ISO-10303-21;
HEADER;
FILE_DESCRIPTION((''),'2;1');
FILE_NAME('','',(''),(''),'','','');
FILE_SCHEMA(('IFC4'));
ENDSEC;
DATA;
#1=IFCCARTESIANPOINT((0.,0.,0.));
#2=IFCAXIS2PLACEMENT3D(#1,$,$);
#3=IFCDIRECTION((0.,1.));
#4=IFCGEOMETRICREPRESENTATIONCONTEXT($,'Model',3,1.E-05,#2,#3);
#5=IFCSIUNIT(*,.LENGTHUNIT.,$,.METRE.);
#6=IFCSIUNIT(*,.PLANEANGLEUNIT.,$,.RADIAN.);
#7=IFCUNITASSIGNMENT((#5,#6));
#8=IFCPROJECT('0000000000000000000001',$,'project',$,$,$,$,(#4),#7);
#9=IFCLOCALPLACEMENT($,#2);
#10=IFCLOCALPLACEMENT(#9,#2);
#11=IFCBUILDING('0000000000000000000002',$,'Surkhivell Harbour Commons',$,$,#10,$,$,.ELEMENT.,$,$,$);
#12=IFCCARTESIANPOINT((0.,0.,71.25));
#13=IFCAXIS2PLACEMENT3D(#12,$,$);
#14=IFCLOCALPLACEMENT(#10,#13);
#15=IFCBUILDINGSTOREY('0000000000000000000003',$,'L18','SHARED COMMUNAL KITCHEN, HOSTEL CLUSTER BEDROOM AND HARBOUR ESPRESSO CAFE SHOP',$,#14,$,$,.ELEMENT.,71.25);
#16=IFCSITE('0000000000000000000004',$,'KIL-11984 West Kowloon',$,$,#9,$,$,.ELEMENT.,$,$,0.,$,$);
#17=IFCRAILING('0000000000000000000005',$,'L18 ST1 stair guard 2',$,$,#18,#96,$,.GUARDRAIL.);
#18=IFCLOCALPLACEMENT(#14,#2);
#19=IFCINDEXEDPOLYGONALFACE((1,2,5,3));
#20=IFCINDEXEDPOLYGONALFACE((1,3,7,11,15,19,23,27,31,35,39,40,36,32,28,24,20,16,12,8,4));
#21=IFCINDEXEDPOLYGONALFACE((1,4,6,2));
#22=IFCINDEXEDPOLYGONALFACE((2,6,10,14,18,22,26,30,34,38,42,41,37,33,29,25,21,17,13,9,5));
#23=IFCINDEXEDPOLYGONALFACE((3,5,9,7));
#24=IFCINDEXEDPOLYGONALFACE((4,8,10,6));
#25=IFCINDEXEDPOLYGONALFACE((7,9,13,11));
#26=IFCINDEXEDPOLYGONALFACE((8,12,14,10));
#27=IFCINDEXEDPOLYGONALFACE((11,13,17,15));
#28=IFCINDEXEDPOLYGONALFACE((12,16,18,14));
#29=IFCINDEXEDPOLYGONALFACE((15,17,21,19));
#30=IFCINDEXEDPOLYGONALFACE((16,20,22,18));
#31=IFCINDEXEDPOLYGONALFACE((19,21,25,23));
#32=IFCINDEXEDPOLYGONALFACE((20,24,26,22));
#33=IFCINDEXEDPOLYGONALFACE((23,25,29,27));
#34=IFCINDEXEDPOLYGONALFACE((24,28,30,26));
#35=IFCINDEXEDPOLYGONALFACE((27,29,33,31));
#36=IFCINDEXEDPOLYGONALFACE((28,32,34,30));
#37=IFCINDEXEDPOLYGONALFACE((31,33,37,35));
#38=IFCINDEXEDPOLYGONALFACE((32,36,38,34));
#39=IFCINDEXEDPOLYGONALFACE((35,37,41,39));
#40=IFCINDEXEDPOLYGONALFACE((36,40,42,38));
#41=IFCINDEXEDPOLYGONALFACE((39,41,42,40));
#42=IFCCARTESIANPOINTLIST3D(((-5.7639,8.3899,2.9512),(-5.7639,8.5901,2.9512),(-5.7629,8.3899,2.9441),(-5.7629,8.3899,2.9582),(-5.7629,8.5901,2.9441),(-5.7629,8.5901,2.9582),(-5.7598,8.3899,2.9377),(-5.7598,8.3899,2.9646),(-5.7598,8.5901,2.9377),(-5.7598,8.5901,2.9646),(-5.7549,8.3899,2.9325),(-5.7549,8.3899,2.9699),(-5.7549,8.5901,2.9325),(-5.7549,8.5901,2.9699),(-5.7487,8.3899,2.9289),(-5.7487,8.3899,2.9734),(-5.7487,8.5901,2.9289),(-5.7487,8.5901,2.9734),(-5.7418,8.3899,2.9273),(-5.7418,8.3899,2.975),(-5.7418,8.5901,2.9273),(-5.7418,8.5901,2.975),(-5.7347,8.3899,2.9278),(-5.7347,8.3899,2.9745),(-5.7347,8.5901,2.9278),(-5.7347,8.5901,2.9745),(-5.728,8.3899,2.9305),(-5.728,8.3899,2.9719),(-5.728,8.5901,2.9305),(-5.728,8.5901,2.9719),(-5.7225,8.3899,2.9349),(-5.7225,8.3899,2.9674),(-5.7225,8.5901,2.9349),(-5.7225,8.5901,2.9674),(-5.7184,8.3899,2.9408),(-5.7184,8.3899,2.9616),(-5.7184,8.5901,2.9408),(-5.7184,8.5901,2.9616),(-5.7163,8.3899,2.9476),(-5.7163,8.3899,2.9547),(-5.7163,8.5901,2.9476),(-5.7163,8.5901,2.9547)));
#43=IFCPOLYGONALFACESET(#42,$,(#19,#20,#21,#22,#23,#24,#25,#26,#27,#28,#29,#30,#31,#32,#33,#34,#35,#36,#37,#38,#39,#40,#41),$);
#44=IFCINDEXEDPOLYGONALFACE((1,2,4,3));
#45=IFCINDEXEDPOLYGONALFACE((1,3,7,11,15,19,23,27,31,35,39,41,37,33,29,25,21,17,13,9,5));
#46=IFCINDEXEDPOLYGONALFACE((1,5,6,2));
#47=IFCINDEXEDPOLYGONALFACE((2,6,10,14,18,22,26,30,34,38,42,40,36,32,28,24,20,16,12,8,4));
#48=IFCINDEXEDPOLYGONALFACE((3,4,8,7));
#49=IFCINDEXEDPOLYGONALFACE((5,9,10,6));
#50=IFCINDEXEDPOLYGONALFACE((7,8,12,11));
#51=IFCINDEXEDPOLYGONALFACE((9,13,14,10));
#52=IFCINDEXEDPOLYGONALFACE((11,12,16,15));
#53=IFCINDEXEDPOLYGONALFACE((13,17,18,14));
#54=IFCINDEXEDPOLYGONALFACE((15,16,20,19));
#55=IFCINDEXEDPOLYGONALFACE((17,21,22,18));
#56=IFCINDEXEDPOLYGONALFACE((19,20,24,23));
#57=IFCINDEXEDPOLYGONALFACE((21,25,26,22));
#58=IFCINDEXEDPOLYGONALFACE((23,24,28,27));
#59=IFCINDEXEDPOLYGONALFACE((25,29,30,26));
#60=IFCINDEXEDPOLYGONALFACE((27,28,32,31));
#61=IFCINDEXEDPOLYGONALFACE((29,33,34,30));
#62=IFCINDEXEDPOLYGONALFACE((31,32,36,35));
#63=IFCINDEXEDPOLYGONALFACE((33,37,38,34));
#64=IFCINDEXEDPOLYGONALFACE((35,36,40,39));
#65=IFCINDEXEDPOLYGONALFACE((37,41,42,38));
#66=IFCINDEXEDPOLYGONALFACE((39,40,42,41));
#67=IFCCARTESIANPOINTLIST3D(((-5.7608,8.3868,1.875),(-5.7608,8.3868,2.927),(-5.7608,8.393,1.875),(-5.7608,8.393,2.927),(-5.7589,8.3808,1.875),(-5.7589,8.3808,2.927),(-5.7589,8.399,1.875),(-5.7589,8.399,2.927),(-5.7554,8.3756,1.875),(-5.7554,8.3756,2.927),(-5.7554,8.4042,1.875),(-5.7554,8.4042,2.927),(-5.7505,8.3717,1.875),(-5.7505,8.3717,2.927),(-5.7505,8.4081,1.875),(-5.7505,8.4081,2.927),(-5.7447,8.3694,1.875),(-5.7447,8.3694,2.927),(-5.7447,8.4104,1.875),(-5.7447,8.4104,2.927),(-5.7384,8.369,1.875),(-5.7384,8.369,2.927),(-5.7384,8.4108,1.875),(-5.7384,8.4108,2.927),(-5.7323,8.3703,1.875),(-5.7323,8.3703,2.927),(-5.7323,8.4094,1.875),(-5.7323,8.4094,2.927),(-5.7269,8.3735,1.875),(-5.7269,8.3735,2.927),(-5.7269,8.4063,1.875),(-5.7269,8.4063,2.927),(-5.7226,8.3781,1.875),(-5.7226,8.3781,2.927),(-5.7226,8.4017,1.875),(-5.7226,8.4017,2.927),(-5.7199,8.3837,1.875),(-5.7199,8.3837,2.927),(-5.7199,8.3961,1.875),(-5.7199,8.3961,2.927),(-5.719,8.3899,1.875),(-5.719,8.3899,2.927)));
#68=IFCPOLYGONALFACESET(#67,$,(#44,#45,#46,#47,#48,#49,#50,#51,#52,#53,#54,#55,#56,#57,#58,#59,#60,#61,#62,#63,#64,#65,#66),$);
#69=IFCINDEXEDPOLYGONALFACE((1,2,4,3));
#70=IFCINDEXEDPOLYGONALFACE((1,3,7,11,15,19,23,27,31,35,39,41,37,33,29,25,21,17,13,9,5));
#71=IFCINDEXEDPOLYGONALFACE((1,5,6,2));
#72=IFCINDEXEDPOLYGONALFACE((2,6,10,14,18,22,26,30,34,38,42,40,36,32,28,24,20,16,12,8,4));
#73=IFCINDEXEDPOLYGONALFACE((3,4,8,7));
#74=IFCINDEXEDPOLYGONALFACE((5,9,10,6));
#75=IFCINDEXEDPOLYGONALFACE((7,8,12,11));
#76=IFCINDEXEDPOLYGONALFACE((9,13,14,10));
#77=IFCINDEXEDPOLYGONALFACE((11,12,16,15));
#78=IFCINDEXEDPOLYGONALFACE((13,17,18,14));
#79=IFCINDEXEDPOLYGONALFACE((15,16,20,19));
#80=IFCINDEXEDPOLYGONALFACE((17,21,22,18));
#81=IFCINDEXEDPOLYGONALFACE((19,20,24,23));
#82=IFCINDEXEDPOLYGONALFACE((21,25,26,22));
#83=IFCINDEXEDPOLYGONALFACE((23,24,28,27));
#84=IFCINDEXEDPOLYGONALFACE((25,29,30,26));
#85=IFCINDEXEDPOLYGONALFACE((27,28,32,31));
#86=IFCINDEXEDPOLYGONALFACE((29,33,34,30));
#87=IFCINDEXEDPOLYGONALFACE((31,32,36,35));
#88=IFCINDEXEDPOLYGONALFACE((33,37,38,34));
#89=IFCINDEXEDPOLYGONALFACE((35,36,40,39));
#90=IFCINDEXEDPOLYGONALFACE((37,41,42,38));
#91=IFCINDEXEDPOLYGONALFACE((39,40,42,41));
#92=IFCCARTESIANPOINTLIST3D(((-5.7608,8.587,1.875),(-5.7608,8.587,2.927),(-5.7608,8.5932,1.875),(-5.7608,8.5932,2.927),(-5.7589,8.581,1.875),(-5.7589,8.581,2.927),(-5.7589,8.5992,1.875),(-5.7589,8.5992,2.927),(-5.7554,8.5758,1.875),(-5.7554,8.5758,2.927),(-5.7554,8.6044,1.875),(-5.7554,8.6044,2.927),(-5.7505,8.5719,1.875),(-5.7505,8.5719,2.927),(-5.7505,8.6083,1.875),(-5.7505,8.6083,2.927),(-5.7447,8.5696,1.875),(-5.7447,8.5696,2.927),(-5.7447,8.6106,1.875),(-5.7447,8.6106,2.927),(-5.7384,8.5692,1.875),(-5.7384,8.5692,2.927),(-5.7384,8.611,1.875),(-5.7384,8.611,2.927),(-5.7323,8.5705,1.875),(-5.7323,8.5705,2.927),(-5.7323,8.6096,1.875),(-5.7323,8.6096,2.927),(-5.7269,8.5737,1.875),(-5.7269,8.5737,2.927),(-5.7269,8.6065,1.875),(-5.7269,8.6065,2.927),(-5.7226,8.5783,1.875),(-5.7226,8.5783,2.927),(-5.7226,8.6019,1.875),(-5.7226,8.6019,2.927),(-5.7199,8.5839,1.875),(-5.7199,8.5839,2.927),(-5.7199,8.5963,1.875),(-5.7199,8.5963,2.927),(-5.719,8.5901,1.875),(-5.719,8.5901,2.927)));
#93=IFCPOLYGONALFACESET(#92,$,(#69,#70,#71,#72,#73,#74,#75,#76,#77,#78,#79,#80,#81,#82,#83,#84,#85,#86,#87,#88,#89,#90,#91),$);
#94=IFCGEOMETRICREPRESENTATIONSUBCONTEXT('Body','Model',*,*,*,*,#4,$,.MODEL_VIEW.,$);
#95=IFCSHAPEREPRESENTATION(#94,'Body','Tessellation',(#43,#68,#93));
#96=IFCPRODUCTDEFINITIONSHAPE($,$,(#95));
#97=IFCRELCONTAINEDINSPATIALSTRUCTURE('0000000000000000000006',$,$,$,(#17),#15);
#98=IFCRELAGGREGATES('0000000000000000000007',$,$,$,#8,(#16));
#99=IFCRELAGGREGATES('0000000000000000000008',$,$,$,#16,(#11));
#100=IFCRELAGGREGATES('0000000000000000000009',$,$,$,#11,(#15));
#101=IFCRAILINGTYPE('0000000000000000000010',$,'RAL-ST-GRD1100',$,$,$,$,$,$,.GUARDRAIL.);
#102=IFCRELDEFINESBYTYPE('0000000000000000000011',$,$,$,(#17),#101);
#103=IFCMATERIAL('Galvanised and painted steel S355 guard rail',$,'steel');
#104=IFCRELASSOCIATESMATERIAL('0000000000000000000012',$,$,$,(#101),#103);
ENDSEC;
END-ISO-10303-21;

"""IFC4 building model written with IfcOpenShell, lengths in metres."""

from ifc_helpers import new_model, si_unit, direction, frame, origin, origin_2d, place, context, subcontext, project, spatial, circle, extrude, material, type_object, element, save


model = new_model("IFC4")

# Units and contexts
model_context = context("Model", 3, precision=1e-05, world=origin(), true_north=direction((0.0, 1.0)))
body_context = subcontext(model_context, "Body", "Model", "MODEL_VIEW")
ifc_project = project(units=[si_unit("LENGTHUNIT", "METRE"), si_unit("PLANEANGLEUNIT", "RADIAN")], contexts=[model_context])

# Site, building, storey
site_placement = place(None, origin())
site = spatial("IfcSite", under=ifc_project, at=site_placement, Name="KIL-11984 West Kowloon", CompositionType="ELEMENT", RefElevation=0.0)
building_placement = place(site_placement, origin())
building = spatial("IfcBuilding", under=site, at=building_placement, Name="Surkhivell Harbour Commons", CompositionType="ELEMENT")
storey_placement = place(building_placement, frame((0.0, 0.0, 71.25)))
storey = spatial("IfcBuildingStorey", under=building, at=storey_placement, Name="L18", Description="SHARED COMMUNAL KITCHEN, HOSTEL CLUSTER BEDROOM AND HARBOUR ESPRESSO CAFE SHOP", CompositionType="ELEMENT", Elevation=71.25)

# Railing
ifc_material_1 = material(Name="Galvanised and painted steel S355 guard rail", Category="steel")
railing_type_1 = type_object("IfcRailingType", Name="RAL-ST-GRD1100", PredefinedType="GUARDRAIL", material=ifc_material_1)
railing_1_placement = place(storey_placement, frame((-5.74, 8.3899, 1.875)))
element("IfcRailing", 1, at=railing_1_placement, inside=storey, type_object=railing_type_1, Name="L18 ST1 stair guard 2", PredefinedType="GUARDRAIL", context=body_context, shape_type="SweptSolid", body=[
    extrude(circle(Radius=0.0239, at=origin_2d()), frame((0.0, 0.0, 1.0762), z_axis=(0.0, 1.0, 0.0), x_axis=(-1.0, 0.0, 0.0)), (0.0, 0.0, 1.0), 0.2002),
    extrude(circle(Radius=0.021, at=origin_2d()), origin(), (0.0, 0.0, 1.0), 1.052),
    extrude(circle(Radius=0.021, at=origin_2d()), frame((0.0, 0.2002, 0.0)), (0.0, 0.0, 1.0), 1.052),
])

save(model, "model.ifc")
